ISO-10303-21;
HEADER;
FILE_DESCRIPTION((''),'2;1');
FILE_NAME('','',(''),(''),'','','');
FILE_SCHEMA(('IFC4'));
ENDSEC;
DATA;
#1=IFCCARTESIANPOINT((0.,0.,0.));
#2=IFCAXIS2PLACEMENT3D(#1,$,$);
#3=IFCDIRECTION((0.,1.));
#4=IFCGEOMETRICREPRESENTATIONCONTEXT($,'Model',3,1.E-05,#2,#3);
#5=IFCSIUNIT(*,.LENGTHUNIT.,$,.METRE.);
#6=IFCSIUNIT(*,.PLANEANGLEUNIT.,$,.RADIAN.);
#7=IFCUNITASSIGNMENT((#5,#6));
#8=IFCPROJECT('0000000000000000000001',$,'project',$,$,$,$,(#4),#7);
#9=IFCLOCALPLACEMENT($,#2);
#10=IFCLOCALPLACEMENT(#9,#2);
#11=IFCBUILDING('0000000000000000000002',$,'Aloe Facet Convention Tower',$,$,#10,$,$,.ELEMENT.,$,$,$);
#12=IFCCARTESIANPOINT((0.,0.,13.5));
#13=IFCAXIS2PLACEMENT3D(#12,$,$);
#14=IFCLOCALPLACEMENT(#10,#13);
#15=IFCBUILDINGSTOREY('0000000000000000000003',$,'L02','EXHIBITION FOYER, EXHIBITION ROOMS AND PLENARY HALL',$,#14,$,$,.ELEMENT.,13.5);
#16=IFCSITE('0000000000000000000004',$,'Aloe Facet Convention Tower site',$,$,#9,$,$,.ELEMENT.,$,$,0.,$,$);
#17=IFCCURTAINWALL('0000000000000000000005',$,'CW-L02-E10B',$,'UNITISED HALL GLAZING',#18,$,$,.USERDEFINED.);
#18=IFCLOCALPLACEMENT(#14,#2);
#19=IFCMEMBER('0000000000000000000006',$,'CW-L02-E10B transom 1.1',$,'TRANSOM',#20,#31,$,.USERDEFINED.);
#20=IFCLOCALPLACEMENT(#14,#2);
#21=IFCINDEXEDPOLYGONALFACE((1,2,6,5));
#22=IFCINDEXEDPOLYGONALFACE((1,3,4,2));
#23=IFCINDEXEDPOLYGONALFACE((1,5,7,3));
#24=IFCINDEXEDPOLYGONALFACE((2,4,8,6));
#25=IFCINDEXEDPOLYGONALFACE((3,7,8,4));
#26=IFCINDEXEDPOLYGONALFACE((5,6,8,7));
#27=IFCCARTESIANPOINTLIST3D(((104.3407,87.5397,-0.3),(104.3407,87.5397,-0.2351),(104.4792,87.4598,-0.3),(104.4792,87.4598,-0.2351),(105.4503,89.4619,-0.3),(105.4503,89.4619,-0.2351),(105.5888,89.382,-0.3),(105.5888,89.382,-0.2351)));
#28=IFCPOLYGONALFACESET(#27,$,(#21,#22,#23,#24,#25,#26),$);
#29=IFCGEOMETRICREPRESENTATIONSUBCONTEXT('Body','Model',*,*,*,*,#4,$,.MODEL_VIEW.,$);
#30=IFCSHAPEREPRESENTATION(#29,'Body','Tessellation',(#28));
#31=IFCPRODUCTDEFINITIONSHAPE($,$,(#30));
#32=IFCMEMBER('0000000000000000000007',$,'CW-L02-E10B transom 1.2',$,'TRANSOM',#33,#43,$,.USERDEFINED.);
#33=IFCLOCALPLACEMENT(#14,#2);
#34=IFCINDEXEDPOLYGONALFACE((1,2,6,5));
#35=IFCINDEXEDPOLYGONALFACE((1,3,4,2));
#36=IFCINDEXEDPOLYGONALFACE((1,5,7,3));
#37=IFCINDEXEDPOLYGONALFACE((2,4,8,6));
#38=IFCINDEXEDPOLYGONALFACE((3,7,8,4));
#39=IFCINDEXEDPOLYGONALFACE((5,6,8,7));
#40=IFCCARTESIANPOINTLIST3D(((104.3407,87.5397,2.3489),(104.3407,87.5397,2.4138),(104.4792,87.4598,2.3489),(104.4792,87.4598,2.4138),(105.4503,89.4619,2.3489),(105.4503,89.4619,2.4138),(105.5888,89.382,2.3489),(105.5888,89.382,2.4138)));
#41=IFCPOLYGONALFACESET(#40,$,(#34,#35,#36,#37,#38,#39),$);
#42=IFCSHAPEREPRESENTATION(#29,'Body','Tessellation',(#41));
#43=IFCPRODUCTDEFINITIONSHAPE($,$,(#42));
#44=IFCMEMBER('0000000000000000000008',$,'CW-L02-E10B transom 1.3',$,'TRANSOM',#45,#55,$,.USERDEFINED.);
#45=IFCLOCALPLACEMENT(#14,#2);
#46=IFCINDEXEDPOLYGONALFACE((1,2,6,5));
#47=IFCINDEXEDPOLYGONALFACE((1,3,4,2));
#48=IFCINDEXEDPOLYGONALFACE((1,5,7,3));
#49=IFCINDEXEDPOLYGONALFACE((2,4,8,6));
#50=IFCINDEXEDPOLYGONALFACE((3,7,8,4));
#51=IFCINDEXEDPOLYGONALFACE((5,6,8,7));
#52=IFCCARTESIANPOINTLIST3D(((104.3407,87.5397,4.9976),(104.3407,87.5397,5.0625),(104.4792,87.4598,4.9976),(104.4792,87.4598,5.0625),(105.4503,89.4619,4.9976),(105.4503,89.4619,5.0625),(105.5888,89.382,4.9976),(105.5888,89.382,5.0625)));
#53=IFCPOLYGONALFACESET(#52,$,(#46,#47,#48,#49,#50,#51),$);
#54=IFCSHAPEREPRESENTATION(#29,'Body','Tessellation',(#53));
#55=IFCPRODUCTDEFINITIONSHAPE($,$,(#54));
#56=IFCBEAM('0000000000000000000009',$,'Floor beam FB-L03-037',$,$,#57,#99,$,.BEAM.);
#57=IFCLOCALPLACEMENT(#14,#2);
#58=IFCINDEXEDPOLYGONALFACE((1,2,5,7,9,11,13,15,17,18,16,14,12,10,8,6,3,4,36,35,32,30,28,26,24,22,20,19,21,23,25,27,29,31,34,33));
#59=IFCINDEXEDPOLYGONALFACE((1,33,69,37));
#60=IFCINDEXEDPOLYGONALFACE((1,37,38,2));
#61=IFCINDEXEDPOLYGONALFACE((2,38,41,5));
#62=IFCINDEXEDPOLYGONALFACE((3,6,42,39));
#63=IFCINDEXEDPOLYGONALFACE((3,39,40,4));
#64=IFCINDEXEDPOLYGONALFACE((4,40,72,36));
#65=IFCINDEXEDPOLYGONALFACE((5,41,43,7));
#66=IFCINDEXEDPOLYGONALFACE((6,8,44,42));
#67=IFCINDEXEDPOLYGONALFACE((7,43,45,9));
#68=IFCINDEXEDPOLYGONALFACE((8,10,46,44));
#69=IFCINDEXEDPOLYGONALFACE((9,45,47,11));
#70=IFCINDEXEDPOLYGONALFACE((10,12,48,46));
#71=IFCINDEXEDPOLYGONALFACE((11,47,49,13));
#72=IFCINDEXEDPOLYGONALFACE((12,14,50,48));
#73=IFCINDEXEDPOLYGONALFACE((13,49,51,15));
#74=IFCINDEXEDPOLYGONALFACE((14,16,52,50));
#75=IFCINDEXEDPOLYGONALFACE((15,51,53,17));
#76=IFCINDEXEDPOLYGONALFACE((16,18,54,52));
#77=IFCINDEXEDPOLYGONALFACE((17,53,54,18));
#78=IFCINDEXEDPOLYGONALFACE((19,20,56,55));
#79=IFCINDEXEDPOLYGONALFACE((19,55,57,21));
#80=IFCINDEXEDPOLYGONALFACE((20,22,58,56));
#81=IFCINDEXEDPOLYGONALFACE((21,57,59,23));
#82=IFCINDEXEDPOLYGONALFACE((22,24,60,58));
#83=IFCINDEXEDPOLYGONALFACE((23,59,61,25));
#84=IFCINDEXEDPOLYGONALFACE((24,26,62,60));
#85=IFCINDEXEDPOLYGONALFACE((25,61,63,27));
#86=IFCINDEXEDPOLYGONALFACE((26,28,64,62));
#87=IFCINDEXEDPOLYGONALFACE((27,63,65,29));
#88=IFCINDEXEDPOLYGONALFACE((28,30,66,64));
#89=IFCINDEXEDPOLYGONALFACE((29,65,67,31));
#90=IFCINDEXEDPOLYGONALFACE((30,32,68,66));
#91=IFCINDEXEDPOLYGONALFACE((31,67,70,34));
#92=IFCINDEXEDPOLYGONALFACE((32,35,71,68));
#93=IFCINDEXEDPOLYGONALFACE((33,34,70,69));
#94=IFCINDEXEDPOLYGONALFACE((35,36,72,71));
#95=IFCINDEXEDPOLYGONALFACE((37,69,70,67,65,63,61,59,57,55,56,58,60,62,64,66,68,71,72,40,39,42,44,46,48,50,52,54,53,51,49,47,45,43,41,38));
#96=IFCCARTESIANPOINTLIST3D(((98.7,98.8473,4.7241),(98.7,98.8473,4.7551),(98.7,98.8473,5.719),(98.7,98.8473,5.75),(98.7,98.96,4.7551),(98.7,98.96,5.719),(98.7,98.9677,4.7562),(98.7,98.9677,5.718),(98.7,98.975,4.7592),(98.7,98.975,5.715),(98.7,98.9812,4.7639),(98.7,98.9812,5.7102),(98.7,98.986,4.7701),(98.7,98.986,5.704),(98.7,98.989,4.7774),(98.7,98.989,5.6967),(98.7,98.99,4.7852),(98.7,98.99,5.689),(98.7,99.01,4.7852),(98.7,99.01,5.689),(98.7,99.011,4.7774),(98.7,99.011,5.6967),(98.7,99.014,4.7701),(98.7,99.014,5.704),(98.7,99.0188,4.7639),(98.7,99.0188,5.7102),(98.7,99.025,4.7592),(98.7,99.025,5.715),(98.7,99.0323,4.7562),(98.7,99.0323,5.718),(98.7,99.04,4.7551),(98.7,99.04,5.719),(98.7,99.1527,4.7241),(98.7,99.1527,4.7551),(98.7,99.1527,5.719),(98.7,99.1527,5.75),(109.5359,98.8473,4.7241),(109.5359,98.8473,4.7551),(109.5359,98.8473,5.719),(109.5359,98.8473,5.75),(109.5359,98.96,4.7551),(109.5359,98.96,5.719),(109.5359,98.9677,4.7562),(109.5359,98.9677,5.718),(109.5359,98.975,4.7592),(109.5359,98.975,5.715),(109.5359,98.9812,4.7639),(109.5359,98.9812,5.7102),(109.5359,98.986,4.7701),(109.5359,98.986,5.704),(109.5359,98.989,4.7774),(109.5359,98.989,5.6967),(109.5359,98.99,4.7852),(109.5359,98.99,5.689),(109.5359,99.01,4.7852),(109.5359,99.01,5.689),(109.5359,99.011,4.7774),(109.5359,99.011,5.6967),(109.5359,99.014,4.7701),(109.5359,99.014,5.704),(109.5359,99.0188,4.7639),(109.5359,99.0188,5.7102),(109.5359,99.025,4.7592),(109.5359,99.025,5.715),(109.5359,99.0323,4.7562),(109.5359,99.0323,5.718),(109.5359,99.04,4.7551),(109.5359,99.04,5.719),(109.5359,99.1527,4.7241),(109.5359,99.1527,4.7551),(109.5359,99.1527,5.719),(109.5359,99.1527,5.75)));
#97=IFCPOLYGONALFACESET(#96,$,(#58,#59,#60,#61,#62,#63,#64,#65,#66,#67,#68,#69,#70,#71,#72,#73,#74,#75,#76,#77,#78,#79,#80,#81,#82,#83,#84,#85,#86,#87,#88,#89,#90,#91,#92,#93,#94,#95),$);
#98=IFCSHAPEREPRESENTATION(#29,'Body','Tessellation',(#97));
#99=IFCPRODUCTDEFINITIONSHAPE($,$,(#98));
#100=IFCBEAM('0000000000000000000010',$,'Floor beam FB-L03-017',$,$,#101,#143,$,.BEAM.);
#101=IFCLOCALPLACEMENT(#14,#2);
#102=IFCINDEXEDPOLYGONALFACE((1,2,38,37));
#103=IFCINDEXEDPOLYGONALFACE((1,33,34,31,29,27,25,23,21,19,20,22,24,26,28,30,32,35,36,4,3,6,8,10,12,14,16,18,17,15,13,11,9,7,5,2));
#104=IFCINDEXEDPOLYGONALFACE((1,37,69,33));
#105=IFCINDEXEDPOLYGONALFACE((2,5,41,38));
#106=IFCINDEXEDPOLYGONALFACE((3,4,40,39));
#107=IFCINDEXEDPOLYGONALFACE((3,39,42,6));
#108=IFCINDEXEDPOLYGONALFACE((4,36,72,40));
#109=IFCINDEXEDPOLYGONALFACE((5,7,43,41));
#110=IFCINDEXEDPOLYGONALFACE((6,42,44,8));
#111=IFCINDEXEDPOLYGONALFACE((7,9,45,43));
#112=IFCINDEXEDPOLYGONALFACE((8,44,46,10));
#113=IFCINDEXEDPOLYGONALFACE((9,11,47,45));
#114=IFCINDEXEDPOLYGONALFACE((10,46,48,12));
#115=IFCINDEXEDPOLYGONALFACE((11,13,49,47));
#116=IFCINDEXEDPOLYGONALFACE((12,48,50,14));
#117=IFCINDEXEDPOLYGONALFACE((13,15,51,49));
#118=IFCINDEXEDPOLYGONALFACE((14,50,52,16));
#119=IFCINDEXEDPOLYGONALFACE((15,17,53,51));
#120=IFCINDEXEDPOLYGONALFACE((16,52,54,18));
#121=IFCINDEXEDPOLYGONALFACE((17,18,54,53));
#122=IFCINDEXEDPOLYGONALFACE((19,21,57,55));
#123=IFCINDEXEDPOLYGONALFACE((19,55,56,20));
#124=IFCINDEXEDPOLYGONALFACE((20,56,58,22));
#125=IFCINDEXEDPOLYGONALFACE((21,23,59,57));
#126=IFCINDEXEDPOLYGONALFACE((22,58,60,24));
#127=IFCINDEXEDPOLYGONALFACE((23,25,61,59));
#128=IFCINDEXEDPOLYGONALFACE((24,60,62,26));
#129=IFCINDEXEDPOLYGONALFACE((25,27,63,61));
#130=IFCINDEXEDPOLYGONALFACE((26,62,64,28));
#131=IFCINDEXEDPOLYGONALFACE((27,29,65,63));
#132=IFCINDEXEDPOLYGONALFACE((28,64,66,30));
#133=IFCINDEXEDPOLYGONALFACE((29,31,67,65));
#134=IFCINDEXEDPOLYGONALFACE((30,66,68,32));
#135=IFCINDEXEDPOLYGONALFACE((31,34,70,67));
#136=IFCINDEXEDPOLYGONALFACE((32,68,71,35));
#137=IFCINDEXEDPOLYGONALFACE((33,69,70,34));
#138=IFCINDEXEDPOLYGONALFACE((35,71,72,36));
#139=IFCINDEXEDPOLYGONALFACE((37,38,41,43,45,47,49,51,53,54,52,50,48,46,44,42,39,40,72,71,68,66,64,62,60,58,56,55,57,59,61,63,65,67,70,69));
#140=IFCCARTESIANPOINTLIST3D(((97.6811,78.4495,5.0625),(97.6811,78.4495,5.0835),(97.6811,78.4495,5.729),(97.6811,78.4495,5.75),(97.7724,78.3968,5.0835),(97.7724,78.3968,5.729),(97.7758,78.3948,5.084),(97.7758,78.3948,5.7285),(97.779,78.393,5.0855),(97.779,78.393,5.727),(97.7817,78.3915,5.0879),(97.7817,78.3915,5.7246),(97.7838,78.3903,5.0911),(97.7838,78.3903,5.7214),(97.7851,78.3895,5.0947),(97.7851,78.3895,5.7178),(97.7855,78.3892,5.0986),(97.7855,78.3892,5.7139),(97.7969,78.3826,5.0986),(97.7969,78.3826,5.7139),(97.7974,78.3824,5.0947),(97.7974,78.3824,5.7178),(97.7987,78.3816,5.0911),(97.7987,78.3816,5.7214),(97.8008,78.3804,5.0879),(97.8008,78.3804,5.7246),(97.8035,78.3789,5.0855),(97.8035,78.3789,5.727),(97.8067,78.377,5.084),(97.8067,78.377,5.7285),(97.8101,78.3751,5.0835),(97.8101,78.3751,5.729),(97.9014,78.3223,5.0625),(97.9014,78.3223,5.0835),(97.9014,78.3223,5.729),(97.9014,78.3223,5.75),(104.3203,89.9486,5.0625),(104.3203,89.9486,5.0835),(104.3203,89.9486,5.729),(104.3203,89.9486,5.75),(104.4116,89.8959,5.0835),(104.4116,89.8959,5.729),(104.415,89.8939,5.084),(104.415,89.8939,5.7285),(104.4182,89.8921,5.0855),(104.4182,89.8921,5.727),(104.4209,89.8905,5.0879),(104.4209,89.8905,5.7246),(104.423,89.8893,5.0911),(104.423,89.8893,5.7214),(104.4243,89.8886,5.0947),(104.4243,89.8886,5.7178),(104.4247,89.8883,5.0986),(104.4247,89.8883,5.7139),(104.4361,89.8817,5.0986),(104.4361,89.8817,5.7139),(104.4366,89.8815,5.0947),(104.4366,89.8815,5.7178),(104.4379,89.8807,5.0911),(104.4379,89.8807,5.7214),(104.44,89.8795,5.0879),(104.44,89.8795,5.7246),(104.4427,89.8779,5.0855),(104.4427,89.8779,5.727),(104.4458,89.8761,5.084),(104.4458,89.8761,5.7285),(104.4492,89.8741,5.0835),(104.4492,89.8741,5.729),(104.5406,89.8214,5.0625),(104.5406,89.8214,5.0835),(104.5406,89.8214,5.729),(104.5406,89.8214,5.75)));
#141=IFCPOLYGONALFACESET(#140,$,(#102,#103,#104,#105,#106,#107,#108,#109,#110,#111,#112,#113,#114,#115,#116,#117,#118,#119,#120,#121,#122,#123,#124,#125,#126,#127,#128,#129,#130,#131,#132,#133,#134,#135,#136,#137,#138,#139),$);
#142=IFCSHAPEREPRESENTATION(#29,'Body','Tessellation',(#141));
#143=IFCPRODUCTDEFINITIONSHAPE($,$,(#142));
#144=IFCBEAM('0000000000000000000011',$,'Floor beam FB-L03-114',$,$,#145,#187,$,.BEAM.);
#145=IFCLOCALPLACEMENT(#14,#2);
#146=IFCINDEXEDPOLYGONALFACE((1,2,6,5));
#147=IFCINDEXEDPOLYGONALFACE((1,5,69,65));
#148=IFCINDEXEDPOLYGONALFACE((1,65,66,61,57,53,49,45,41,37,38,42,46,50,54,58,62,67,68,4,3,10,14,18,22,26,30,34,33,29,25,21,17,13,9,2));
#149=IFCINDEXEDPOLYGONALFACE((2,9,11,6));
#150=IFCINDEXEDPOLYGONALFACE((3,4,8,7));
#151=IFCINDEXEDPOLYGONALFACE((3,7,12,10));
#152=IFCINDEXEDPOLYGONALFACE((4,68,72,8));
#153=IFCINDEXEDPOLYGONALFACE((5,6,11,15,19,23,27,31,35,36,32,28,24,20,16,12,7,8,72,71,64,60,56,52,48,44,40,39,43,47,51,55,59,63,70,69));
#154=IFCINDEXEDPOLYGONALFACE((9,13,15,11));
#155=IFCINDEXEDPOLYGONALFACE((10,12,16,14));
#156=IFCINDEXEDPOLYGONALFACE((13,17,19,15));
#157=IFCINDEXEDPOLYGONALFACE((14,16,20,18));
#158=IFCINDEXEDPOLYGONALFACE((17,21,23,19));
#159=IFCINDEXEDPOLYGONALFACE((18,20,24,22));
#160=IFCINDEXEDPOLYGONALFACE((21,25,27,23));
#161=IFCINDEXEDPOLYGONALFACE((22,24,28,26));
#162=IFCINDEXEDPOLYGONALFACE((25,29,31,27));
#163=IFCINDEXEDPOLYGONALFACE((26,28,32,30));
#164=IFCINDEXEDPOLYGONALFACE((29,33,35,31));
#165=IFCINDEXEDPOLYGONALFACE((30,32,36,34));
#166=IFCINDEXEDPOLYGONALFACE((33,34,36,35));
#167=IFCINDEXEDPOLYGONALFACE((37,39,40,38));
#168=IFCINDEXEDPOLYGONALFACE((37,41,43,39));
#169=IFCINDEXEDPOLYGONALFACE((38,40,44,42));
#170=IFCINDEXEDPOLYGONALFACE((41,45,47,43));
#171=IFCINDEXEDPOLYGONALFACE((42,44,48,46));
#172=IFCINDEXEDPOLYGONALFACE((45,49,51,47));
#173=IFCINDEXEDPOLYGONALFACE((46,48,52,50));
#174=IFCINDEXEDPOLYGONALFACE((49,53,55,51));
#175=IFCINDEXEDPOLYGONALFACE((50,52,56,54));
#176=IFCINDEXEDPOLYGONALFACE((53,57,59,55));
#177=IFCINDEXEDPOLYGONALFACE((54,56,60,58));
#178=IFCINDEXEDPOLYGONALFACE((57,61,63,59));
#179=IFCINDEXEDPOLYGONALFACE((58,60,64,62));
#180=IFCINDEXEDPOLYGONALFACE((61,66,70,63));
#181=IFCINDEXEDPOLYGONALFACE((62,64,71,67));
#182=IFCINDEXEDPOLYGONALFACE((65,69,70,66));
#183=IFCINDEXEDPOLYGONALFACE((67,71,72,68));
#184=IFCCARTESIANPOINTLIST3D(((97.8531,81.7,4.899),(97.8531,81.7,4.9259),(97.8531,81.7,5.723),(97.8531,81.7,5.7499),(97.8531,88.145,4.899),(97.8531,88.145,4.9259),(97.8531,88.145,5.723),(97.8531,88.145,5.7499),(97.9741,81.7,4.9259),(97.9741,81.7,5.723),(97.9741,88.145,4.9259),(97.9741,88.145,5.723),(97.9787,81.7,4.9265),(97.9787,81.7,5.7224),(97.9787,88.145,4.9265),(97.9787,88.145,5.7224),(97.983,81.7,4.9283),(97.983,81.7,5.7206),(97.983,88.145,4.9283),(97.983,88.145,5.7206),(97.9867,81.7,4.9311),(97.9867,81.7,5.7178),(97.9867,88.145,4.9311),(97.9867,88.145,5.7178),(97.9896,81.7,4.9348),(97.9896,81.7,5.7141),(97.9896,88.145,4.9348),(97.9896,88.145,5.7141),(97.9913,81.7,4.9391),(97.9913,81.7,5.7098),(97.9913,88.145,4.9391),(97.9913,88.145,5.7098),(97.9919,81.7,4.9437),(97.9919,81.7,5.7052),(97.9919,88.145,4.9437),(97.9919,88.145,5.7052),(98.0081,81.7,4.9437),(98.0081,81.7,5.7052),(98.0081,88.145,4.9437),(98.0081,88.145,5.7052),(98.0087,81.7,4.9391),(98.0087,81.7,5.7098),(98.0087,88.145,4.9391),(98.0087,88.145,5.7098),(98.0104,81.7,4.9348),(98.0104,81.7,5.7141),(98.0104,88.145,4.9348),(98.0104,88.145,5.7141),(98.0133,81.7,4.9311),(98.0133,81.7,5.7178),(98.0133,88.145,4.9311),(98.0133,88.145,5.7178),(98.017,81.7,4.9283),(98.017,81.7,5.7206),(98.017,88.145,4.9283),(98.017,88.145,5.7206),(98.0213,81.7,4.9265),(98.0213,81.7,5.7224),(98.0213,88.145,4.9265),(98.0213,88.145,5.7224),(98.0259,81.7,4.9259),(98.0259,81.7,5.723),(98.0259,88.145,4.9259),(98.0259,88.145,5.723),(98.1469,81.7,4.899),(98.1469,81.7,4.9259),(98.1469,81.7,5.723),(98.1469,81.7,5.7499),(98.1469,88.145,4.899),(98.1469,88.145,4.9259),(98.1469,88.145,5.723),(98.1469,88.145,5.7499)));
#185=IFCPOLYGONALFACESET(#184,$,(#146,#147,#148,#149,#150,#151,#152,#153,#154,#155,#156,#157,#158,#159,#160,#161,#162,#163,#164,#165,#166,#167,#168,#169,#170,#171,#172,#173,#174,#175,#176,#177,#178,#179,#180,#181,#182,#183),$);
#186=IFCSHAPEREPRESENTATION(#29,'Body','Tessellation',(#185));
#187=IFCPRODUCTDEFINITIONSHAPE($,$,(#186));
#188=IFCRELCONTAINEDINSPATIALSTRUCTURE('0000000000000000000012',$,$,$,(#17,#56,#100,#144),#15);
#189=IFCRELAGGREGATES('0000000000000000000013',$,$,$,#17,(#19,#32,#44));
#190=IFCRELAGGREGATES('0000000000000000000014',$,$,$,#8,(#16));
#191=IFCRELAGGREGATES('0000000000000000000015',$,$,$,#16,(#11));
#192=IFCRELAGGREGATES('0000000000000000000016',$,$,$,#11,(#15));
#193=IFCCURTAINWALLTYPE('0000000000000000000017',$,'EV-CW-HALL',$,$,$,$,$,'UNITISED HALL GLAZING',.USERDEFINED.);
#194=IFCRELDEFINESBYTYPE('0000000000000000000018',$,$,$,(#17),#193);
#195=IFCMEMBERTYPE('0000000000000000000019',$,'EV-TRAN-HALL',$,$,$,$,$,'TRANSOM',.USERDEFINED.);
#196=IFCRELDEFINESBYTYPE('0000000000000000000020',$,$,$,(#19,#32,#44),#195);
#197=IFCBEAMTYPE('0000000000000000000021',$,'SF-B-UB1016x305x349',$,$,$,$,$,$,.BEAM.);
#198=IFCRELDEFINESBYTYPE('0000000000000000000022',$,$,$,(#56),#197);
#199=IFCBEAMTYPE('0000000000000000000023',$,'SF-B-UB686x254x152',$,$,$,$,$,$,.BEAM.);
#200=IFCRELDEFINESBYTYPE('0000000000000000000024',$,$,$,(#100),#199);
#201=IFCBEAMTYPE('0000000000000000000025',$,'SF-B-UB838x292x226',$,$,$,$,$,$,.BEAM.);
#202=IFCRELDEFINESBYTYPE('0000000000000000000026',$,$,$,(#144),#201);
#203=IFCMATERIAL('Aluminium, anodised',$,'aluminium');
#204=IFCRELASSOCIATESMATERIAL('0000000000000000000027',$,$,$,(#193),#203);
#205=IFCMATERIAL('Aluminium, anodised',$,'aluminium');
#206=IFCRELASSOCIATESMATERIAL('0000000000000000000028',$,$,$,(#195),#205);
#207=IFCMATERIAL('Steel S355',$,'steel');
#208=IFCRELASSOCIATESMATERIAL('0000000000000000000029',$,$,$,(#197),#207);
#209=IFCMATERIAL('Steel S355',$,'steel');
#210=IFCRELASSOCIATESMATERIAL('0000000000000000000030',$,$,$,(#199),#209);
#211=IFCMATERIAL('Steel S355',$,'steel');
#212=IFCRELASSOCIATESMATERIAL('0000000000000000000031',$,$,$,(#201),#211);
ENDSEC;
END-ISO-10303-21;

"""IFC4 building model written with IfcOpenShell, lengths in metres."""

from ifc_helpers import new_model, si_unit, direction, frame, origin, origin_2d, place, context, subcontext, project, spatial, rectangle, i_section, extrude, material, material_profile, profile_set, type_object, element, aggregate, save


model = new_model("IFC4")

# Units and contexts
model_context = context("Model", 3, precision=1e-05, world=origin(), true_north=direction((0.0, 1.0)))
body_context = subcontext(model_context, "Body", "Model", "MODEL_VIEW")
ifc_project = project(units=[si_unit("LENGTHUNIT", "METRE"), si_unit("PLANEANGLEUNIT", "RADIAN")], contexts=[model_context])

# Site, building, storey
site_placement = place(None, origin())
site = spatial("IfcSite", under=ifc_project, at=site_placement, Name="Aloe Facet Convention Tower site", CompositionType="ELEMENT", RefElevation=0.0)
building_placement = place(site_placement, origin())
building = spatial("IfcBuilding", under=site, at=building_placement, Name="Aloe Facet Convention Tower", CompositionType="ELEMENT")
storey_placement = place(building_placement, frame((0.0, 0.0, 13.5)))
storey = spatial("IfcBuildingStorey", under=building, at=storey_placement, Name="L02", Description="EXHIBITION FOYER, EXHIBITION ROOMS AND PLENARY HALL", CompositionType="ELEMENT", Elevation=13.5)

# Shared definitions
ifc_material_1 = material(Name="Aluminium, anodised", Category="aluminium")
curtain_wall_type = type_object("IfcCurtainWallType", Name="EV-CW-HALL", ElementType="UNITISED HALL GLAZING", PredefinedType="USERDEFINED", material=ifc_material_1)

# Curtain wall
curtain_wall_1_placement = place(storey_placement, origin())
curtain_wall_1 = element("IfcCurtainWall", 1, at=curtain_wall_1_placement, inside=storey, type_object=curtain_wall_type, Name="CW-L02-E10B", ObjectType="UNITISED HALL GLAZING", PredefinedType="USERDEFINED")

# Members
ifc_material_2 = material(Name="Aluminium, anodised", Category="aluminium")
ifc_material_profile_1 = material_profile(ifc_material_2, rectangle(XDim=0.1599, YDim=0.0649, at=origin_2d()), Name="AL 160x65")
ifc_profile_set_1 = profile_set([ifc_material_profile_1], Name="Aluminium, anodised")
member_type_1 = type_object("IfcMemberType", Name="EV-TRAN-HALL", ElementType="TRANSOM", PredefinedType="USERDEFINED", material=ifc_profile_set_1)
member_1_placement = place(storey_placement, frame((104.4099, 87.4998, -0.2676), z_axis=(0.499961, 0.866048, 0.0), x_axis=(-0.866048, 0.499961, 0.0)))
member_1 = element("IfcMember", 2, at=member_1_placement, type_object=member_type_1, Name="CW-L02-E10B transom 1.1", ObjectType="TRANSOM", PredefinedType="USERDEFINED", context=body_context, shape_type="SweptSolid", body=[
    extrude(rectangle(XDim=0.1599, YDim=0.0649, at=origin_2d()), origin(), (0.0, 0.0, 1.0), 2.2195),
])
member_2_placement = place(storey_placement, frame((104.4099, 87.4998, 2.3813), z_axis=(0.499961, 0.866048, 0.0), x_axis=(-0.866048, 0.499961, 0.0)))
member_2 = element("IfcMember", 3, at=member_2_placement, type_object=member_type_1, Name="CW-L02-E10B transom 1.2", ObjectType="TRANSOM", PredefinedType="USERDEFINED", context=body_context, shape_type="SweptSolid", body=[
    extrude(rectangle(XDim=0.1599, YDim=0.0649, at=origin_2d()), origin(), (0.0, 0.0, 1.0), 2.2195),
])
member_3_placement = place(storey_placement, frame((104.4099, 87.4998, 5.03), z_axis=(0.499961, 0.866048, 0.0), x_axis=(-0.866048, 0.499961, 0.0)))
member_3 = element("IfcMember", 4, at=member_3_placement, type_object=member_type_1, Name="CW-L02-E10B transom 1.3", ObjectType="TRANSOM", PredefinedType="USERDEFINED", context=body_context, shape_type="SweptSolid", body=[
    extrude(rectangle(XDim=0.1599, YDim=0.0649, at=origin_2d()), origin(), (0.0, 0.0, 1.0), 2.2195),
])

# Beams
ifc_material_3 = material(Name="Steel S355", Category="steel")
ifc_material_profile_2 = material_profile(ifc_material_3, i_section(OverallWidth=0.3054, OverallDepth=1.0259, WebThickness=0.02, FlangeThickness=0.031, FilletRadius=0.03, at=origin_2d()), Name="UB 1016x305x349")
ifc_profile_set_2 = profile_set([ifc_material_profile_2], Name="Steel S355")
beam_type_1 = type_object("IfcBeamType", Name="SF-B-UB1016x305x349", PredefinedType="BEAM", material=ifc_profile_set_2)
beam_1_placement = place(storey_placement, frame((98.7, 99.0, 5.2371), z_axis=(1.0, 0.0, 0.0), x_axis=(0.0, 1.0, 0.0)))
element("IfcBeam", 5, at=beam_1_placement, inside=storey, type_object=beam_type_1, Name="Floor beam FB-L03-037", PredefinedType="BEAM", context=body_context, shape_type="SweptSolid", body=[
    extrude(i_section(OverallWidth=0.3054, OverallDepth=1.0259, WebThickness=0.02, FlangeThickness=0.031, FilletRadius=0.03, at=origin_2d()), origin(), (0.0, 0.0, 1.0), 10.8359),
])
ifc_material_4 = material(Name="Steel S355", Category="steel")
ifc_material_profile_3 = material_profile(ifc_material_4, i_section(OverallWidth=0.2544, OverallDepth=0.6875, WebThickness=0.0132, FlangeThickness=0.021, FilletRadius=0.0151, at=origin_2d()), Name="UB 686x254x152")
ifc_profile_set_3 = profile_set([ifc_material_profile_3], Name="Steel S355")
beam_type_2 = type_object("IfcBeamType", Name="SF-B-UB686x254x152", PredefinedType="BEAM", material=ifc_profile_set_3)
beam_2_placement = place(storey_placement, frame((104.4304, 89.885, 5.4062), z_axis=(-0.500011, -0.866019, 0.0), x_axis=(0.866019, -0.500011, 0.0)))
element("IfcBeam", 6, at=beam_2_placement, inside=storey, type_object=beam_type_2, Name="Floor beam FB-L03-017", PredefinedType="BEAM", context=body_context, shape_type="SweptSolid", body=[
    extrude(i_section(OverallWidth=0.2544, OverallDepth=0.6875, WebThickness=0.0132, FlangeThickness=0.021, FilletRadius=0.0151, at=origin_2d()), origin(), (0.0, 0.0, 1.0), 13.2781),
])
ifc_material_5 = material(Name="Steel S355", Category="steel")
ifc_material_profile_4 = material_profile(ifc_material_5, i_section(OverallWidth=0.2937, OverallDepth=0.8508, WebThickness=0.0161, FlangeThickness=0.0269, FilletRadius=0.0178, at=origin_2d()), Name="UB 838x292x226")
ifc_profile_set_4 = profile_set([ifc_material_profile_4], Name="Steel S355")
beam_type_3 = type_object("IfcBeamType", Name="SF-B-UB838x292x226", PredefinedType="BEAM", material=ifc_profile_set_4)
beam_3_placement = place(storey_placement, frame((98.0, 81.7, 5.3245), z_axis=(0.0, 1.0, 0.0), x_axis=(-1.0, 0.0, 0.0)))
element("IfcBeam", 7, at=beam_3_placement, inside=storey, type_object=beam_type_3, Name="Floor beam FB-L03-114", PredefinedType="BEAM", context=body_context, shape_type="SweptSolid", body=[
    extrude(i_section(OverallWidth=0.2937, OverallDepth=0.8508, WebThickness=0.0161, FlangeThickness=0.0269, FilletRadius=0.0178, at=origin_2d()), origin(), (0.0, 0.0, 1.0), 6.4451),
])

aggregate(curtain_wall_1, [member_1, member_2, member_3])

save(model, "model.ifc")
